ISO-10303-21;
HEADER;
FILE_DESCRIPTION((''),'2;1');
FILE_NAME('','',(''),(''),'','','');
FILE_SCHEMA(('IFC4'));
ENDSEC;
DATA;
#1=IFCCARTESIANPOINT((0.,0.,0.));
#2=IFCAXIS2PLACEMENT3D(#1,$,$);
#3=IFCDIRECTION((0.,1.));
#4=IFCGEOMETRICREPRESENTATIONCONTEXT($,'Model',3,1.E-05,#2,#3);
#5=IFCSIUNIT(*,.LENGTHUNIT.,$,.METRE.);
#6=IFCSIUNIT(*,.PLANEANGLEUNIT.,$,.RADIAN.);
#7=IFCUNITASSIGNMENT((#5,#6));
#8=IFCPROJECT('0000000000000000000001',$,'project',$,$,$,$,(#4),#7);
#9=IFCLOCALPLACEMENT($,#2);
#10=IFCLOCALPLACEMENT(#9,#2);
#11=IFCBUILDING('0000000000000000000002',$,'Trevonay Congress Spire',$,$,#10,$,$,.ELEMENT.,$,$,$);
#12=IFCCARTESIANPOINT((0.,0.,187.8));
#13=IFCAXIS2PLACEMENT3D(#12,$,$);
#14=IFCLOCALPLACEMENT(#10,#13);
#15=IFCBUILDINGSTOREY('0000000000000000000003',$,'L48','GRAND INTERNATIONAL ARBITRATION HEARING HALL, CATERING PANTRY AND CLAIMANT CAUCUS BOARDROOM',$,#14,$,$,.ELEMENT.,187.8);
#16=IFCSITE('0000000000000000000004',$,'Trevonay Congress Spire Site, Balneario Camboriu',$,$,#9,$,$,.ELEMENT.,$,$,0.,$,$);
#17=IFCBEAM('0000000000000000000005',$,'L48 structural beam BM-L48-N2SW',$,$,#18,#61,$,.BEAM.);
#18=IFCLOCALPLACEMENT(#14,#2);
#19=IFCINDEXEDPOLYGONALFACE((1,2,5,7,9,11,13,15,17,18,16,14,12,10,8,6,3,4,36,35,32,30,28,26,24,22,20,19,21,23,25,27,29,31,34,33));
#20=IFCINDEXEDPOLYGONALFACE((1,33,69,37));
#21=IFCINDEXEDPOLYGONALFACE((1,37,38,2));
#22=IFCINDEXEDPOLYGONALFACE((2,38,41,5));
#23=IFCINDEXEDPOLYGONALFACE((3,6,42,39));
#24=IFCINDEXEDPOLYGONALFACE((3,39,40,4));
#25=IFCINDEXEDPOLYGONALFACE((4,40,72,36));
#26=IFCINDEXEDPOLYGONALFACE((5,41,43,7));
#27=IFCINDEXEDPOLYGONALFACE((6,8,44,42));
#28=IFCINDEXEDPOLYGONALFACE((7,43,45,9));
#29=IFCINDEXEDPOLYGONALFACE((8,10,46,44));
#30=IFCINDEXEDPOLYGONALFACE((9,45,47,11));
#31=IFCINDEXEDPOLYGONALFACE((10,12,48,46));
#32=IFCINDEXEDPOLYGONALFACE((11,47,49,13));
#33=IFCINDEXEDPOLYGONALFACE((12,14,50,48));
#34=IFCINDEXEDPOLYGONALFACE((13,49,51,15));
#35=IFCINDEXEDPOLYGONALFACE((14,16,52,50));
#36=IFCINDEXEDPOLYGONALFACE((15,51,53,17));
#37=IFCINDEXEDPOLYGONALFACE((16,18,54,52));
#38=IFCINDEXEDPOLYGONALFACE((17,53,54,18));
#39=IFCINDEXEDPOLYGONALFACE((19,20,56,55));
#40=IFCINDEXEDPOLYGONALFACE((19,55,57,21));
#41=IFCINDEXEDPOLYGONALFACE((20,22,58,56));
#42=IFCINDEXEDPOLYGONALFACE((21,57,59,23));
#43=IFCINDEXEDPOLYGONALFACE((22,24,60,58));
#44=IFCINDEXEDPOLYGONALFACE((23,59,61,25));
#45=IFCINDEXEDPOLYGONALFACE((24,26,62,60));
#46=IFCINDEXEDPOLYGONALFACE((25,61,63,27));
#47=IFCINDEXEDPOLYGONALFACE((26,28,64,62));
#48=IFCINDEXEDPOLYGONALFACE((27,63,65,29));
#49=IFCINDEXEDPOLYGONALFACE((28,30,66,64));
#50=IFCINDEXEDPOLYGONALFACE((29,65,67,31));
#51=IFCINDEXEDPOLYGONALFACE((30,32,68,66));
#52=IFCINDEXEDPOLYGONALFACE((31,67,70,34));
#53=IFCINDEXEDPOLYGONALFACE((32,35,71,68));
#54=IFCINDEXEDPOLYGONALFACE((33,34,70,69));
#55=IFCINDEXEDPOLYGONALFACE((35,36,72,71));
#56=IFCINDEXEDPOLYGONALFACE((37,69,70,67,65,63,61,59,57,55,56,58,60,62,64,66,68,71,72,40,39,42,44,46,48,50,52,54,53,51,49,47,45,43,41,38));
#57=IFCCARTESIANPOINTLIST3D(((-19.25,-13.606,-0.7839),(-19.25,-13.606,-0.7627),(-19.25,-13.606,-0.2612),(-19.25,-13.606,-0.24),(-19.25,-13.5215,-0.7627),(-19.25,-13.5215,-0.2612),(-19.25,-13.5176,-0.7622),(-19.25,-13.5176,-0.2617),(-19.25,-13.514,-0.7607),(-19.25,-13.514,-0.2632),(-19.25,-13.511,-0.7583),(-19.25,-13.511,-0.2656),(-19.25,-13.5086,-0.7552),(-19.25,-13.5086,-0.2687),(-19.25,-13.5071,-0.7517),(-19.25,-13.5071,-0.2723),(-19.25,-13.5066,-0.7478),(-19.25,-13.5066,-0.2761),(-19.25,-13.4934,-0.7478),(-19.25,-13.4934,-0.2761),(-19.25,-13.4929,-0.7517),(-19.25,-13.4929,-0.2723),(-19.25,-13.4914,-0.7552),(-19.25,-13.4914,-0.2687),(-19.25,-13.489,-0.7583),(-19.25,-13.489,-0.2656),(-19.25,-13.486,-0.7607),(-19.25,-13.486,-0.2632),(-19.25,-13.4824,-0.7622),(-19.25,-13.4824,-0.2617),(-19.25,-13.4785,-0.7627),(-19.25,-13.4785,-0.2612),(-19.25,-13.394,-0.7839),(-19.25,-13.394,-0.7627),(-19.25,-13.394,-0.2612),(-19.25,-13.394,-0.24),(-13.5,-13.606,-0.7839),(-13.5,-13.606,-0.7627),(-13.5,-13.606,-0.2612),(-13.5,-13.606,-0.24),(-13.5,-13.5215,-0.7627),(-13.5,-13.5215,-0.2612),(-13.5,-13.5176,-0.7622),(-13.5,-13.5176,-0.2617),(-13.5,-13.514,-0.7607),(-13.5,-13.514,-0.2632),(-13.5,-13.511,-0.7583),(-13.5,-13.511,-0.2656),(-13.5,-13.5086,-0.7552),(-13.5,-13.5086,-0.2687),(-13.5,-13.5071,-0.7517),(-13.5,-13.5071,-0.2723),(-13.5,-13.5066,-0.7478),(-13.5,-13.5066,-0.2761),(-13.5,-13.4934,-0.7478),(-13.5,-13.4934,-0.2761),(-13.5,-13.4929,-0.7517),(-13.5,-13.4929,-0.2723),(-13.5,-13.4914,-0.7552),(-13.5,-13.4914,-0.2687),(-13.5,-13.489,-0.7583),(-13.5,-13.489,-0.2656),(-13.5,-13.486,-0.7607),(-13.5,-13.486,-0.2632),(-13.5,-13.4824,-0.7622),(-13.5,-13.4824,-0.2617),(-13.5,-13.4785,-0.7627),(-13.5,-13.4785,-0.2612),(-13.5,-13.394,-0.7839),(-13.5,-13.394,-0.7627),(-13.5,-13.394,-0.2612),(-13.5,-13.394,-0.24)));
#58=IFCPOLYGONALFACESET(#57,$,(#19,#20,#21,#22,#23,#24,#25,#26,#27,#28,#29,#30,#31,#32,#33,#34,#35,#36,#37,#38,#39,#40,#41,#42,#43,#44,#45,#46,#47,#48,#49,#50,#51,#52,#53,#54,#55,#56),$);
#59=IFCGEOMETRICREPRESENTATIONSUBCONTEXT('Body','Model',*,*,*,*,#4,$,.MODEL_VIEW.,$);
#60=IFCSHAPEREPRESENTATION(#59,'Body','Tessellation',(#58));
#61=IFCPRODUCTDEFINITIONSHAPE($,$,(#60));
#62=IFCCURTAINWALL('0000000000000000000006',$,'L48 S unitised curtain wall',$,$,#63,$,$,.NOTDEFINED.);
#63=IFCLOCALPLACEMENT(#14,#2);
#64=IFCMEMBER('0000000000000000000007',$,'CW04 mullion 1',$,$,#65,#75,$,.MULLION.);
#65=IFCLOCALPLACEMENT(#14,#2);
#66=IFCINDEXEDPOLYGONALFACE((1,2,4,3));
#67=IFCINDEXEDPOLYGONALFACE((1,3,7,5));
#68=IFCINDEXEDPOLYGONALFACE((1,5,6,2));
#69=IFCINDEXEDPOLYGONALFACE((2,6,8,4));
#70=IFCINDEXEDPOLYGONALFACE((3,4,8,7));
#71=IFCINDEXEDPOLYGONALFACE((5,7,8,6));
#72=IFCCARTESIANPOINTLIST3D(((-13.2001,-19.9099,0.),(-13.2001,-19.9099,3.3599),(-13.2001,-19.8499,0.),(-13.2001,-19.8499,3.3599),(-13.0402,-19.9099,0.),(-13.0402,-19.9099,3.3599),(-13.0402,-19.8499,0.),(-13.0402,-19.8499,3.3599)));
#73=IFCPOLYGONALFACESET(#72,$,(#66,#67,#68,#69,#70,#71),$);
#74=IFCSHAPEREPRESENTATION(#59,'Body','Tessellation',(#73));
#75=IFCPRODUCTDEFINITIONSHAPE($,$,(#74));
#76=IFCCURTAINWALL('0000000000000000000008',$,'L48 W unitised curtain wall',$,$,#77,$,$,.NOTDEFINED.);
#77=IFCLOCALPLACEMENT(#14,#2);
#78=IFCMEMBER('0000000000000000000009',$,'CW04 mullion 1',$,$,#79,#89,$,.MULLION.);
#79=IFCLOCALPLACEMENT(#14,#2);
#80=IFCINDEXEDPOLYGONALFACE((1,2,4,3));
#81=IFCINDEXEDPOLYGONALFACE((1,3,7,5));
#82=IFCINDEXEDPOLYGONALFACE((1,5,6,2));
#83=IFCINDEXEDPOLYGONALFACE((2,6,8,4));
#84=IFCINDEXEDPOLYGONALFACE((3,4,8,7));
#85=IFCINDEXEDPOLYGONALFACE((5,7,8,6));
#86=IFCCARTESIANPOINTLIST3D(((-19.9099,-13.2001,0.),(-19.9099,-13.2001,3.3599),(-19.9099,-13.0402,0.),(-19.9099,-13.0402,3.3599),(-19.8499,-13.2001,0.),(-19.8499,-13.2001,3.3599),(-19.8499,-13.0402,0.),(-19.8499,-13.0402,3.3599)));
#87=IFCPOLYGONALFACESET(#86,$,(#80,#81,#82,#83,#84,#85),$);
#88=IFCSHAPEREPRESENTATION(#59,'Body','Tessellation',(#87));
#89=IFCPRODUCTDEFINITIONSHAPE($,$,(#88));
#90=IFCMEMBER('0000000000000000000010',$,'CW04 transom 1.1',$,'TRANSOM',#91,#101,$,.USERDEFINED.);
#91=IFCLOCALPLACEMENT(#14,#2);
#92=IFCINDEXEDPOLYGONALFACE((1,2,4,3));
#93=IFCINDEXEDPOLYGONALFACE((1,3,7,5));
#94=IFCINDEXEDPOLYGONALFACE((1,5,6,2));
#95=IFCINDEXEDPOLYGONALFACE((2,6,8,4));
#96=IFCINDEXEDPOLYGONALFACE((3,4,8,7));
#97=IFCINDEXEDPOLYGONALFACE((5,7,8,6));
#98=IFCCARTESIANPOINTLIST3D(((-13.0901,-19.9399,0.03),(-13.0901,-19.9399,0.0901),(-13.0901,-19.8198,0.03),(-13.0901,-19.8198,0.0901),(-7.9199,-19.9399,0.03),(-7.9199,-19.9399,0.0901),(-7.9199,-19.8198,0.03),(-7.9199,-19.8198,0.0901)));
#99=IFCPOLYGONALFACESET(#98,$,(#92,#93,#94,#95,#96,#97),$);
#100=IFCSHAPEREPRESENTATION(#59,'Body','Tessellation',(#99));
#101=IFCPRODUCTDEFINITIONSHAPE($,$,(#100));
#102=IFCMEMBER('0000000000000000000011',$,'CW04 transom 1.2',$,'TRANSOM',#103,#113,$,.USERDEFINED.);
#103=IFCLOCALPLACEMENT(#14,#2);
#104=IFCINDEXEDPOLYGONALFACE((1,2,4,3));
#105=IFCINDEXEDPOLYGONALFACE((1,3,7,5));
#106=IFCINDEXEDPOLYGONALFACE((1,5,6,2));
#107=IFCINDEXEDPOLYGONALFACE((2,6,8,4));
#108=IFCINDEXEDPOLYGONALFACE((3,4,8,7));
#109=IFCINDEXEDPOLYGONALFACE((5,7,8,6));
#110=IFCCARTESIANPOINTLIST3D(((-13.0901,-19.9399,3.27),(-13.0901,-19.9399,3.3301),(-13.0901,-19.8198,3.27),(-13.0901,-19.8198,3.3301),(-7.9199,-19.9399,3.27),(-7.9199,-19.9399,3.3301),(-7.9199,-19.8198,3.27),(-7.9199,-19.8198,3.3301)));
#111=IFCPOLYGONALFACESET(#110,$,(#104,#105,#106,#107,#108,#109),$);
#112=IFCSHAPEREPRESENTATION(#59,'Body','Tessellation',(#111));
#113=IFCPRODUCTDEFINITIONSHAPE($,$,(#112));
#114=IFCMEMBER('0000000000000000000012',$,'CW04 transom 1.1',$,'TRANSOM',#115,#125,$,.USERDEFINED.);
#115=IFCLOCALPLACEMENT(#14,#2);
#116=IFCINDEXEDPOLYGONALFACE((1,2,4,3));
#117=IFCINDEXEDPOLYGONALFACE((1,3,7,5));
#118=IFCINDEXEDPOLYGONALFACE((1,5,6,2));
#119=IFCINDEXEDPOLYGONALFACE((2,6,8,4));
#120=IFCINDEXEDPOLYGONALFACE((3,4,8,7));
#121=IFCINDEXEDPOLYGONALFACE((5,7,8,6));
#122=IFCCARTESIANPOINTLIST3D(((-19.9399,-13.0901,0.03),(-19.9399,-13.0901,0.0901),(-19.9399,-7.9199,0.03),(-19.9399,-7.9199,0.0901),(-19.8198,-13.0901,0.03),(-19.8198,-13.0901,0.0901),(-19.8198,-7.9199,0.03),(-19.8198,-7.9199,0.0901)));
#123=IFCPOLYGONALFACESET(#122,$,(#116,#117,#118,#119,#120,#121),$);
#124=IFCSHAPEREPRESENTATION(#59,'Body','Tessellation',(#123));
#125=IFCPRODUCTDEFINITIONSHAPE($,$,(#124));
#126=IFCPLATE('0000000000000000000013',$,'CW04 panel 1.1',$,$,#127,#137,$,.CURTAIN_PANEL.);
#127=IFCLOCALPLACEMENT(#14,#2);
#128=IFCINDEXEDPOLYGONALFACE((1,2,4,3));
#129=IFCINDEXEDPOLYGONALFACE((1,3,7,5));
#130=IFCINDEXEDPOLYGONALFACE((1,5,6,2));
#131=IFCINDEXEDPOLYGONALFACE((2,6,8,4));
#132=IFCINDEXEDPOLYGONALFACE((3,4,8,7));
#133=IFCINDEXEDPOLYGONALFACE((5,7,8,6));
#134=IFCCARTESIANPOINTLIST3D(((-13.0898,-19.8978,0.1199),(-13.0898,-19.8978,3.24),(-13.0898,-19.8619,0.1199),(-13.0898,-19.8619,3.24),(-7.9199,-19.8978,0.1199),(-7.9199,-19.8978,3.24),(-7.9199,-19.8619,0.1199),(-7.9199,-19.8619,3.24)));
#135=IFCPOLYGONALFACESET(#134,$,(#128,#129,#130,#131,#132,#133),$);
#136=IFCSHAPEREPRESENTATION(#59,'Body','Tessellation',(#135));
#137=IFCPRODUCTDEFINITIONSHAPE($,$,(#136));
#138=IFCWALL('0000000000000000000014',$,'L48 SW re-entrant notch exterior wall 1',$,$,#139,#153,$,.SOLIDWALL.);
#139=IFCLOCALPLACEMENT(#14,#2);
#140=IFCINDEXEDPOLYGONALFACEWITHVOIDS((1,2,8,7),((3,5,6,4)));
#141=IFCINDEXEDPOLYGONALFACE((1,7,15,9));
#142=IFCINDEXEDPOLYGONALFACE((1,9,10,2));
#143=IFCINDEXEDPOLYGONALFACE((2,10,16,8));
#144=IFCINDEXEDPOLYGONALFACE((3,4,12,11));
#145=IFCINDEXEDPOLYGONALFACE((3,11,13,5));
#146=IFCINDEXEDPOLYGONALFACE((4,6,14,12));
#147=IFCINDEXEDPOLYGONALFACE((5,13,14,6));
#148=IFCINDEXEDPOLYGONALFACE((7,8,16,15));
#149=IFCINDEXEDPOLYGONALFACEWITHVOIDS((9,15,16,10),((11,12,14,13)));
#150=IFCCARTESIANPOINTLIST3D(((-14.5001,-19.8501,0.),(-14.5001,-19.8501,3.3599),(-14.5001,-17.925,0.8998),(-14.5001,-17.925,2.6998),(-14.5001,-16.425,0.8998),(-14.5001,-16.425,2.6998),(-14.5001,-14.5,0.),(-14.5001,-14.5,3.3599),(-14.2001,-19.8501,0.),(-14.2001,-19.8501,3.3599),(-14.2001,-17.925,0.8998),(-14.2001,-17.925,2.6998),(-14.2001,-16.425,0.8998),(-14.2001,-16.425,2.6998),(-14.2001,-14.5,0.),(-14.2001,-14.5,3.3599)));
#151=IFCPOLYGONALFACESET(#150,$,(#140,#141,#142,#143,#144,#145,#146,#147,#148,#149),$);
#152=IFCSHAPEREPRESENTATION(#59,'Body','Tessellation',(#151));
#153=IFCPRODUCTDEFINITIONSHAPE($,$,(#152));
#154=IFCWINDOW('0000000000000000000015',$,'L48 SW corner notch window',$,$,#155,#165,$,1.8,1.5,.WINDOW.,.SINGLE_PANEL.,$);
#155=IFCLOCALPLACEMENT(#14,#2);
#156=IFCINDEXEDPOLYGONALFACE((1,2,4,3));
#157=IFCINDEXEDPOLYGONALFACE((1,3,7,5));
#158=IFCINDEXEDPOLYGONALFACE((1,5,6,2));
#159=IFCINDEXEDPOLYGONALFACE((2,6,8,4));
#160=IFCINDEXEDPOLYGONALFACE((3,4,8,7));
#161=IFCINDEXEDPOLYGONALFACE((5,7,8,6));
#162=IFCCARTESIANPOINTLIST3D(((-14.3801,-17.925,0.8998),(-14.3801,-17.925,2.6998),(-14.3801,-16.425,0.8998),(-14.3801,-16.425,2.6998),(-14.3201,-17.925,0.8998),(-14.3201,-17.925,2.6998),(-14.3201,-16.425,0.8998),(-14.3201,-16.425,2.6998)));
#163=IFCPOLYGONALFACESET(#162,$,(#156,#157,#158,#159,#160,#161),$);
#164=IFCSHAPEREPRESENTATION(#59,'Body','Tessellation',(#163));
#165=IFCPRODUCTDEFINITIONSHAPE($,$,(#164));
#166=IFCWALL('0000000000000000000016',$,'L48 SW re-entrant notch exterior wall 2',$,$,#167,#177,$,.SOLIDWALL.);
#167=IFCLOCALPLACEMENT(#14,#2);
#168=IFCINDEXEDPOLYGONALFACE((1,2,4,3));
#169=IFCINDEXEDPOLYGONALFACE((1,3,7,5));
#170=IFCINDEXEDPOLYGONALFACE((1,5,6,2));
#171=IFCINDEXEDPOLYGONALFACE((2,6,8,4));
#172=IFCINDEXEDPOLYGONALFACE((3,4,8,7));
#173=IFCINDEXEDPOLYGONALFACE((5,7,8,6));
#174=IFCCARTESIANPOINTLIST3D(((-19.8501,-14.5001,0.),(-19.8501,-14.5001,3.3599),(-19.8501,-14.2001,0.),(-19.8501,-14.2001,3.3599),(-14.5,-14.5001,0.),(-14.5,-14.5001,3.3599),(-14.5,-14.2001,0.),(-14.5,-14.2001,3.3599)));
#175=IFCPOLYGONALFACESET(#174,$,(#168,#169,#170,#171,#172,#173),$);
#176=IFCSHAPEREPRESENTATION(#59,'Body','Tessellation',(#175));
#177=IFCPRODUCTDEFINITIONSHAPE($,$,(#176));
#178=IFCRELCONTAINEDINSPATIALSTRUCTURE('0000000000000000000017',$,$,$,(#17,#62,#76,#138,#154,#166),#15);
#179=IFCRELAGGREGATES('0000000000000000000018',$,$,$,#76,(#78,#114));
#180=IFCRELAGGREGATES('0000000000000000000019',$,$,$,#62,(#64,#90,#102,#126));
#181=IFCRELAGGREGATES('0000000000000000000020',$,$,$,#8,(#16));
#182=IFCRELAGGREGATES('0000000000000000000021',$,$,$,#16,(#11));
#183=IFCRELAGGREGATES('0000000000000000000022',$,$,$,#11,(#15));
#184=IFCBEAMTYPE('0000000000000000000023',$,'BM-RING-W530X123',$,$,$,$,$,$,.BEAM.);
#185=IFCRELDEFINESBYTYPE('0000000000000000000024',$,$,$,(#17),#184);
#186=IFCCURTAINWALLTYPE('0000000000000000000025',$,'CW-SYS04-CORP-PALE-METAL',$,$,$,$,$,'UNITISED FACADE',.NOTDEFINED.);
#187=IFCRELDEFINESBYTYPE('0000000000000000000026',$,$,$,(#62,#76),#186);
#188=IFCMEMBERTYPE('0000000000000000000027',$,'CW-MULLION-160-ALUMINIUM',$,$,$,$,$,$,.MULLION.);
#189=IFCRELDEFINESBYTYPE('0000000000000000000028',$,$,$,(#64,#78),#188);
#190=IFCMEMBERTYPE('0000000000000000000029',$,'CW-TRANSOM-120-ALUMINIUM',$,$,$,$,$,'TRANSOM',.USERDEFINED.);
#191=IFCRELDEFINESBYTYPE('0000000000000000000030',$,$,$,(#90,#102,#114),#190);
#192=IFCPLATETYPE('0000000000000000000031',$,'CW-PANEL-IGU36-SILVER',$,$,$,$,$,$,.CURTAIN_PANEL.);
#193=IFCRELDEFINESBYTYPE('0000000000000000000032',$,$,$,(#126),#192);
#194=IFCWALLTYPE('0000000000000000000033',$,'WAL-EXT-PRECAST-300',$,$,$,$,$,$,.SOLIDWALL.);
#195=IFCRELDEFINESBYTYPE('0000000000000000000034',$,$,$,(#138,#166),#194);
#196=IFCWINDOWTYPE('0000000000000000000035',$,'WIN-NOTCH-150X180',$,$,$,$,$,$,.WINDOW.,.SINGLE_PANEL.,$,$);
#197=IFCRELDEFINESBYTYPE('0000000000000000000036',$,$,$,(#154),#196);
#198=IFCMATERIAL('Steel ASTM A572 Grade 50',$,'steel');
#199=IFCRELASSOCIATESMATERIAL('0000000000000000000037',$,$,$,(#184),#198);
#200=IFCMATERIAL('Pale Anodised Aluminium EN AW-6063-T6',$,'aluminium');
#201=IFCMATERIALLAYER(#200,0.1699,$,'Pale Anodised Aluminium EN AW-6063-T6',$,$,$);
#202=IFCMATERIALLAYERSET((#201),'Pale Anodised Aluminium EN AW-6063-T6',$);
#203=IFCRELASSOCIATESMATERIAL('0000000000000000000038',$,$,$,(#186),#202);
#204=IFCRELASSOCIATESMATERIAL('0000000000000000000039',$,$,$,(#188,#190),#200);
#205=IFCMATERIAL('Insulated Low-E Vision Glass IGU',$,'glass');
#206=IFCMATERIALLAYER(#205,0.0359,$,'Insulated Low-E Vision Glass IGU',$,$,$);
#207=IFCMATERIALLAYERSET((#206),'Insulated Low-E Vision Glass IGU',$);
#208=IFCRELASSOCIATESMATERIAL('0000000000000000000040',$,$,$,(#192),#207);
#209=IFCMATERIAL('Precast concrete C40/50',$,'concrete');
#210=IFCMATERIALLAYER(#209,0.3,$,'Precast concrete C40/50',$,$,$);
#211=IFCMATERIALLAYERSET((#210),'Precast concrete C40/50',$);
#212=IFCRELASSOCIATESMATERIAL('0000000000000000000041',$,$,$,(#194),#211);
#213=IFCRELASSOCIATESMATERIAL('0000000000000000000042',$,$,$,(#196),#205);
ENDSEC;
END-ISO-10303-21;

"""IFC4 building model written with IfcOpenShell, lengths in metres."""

from ifc_helpers import new_model, si_unit, direction, frame, frame_2d, origin, origin_2d, place, context, subcontext, project, spatial, rectangle, i_section, extrude, material, layer, layer_set, material_profile, profile_set, type_object, element, fill, aggregate, save


model = new_model("IFC4")

# Units and contexts
model_context = context("Model", 3, precision=1e-05, world=origin(), true_north=direction((0.0, 1.0)))
body_context = subcontext(model_context, "Body", "Model", "MODEL_VIEW")
ifc_project = project(units=[si_unit("LENGTHUNIT", "METRE"), si_unit("PLANEANGLEUNIT", "RADIAN")], contexts=[model_context])

# Site, building, storey
site_placement = place(None, origin())
site = spatial("IfcSite", under=ifc_project, at=site_placement, Name="Trevonay Congress Spire Site, Balneario Camboriu", CompositionType="ELEMENT", RefElevation=0.0)
building_placement = place(site_placement, origin())
building = spatial("IfcBuilding", under=site, at=building_placement, Name="Trevonay Congress Spire", CompositionType="ELEMENT")
storey_placement = place(building_placement, frame((0.0, 0.0, 187.8)))
storey = spatial("IfcBuildingStorey", under=building, at=storey_placement, Name="L48", Description="GRAND INTERNATIONAL ARBITRATION HEARING HALL, CATERING PANTRY AND CLAIMANT CAUCUS BOARDROOM", CompositionType="ELEMENT", Elevation=187.8)

# Shared definitions
ifc_material_1 = material(Name="Steel ASTM A572 Grade 50", Category="steel")

# Beam
ifc_material_profile_1 = material_profile(ifc_material_1, i_section(OverallWidth=0.2119, OverallDepth=0.5439, WebThickness=0.0132, FlangeThickness=0.0212, FilletRadius=0.0149, at=origin_2d()), Name="W530x123")
ifc_profile_set_1 = profile_set([ifc_material_profile_1], Name="Steel ASTM A572 Grade 50")
beam_type = type_object("IfcBeamType", Name="BM-RING-W530X123", PredefinedType="BEAM", material=ifc_profile_set_1)
for number, where, z_axis, x_axis, name in (
    (1, (-19.25, -13.5, -0.512), (1.0, 0.0, 0.0), (0.0, 1.0, 0.0), "L48 structural beam BM-L48-N2SW"),
):
    element("IfcBeam", number, at=place(storey_placement, frame(where, z_axis=z_axis, x_axis=x_axis)), inside=storey, type_object=beam_type, Name=name, PredefinedType="BEAM", context=body_context, shape_type="SweptSolid", body=[
        extrude(i_section(OverallWidth=0.2119, OverallDepth=0.5439, WebThickness=0.0132, FlangeThickness=0.0212, FilletRadius=0.0149, at=origin_2d()), origin(), (0.0, 0.0, 1.0), 5.75),
    ])

# Curtain walls, members
ifc_material_2 = material(Name="Pale Anodised Aluminium EN AW-6063-T6", Category="aluminium")
ifc_layer_1 = layer(ifc_material_2, 0.1699, Name="Pale Anodised Aluminium EN AW-6063-T6")
ifc_layer_set_1 = layer_set([ifc_layer_1], Name="Pale Anodised Aluminium EN AW-6063-T6")
curtain_wall_type = type_object("IfcCurtainWallType", Name="CW-SYS04-CORP-PALE-METAL", ElementType="UNITISED FACADE", PredefinedType="NOTDEFINED", material=ifc_layer_set_1)
curtain_wall_1_placement = place(storey_placement, origin())
curtain_wall_1 = element("IfcCurtainWall", 2, at=curtain_wall_1_placement, inside=storey, type_object=curtain_wall_type, Name="L48 S unitised curtain wall", PredefinedType="NOTDEFINED")
ifc_material_profile_2 = material_profile(ifc_material_2, rectangle(XDim=0.0601, YDim=0.1599, at=origin_2d()), Name="CW-MULLION-160-ALUMINIUM")
ifc_profile_set_2 = profile_set([ifc_material_profile_2], Name="Pale Anodised Aluminium EN AW-6063-T6")
member_type_1 = type_object("IfcMemberType", Name="CW-MULLION-160-ALUMINIUM", PredefinedType="MULLION", material=ifc_profile_set_2)
member_1_placement = place(storey_placement, frame((-13.1201, -19.8799, 0.0), z_axis=(0.0, 0.0, 1.0), x_axis=(0.0, 1.0, 0.0)))
member_1 = element("IfcMember", 3, at=member_1_placement, type_object=member_type_1, Name="CW04 mullion 1", PredefinedType="MULLION", context=body_context, shape_type="SweptSolid", body=[
    extrude(rectangle(XDim=0.0601, YDim=0.1599, at=origin_2d()), origin(), (0.0, 0.0, 1.0), 3.3599),
])
curtain_wall_2_placement = place(storey_placement, origin())
curtain_wall_2 = element("IfcCurtainWall", 4, at=curtain_wall_2_placement, inside=storey, type_object=curtain_wall_type, Name="L48 W unitised curtain wall", PredefinedType="NOTDEFINED")
member_2_placement = place(storey_placement, frame((-19.8799, -13.1201, 0.0), z_axis=(0.0, 0.0, 1.0), x_axis=(-1.0, 0.0, 0.0)))
member_2 = element("IfcMember", 5, at=member_2_placement, type_object=member_type_1, Name="CW04 mullion 1", PredefinedType="MULLION", context=body_context, shape_type="SweptSolid", body=[
    extrude(rectangle(XDim=0.0601, YDim=0.1599, at=origin_2d()), origin(), (0.0, 0.0, 1.0), 3.3599),
])

# Members
ifc_material_profile_3 = material_profile(ifc_material_2, rectangle(XDim=0.1201, YDim=0.0601, at=origin_2d()), Name="CW-TRANSOM-120-ALUMINIUM")
ifc_profile_set_3 = profile_set([ifc_material_profile_3], Name="Pale Anodised Aluminium EN AW-6063-T6")
member_type_2 = type_object("IfcMemberType", Name="CW-TRANSOM-120-ALUMINIUM", ElementType="TRANSOM", PredefinedType="USERDEFINED", material=ifc_profile_set_3)
member_3_placement = place(storey_placement, frame((-13.0901, -19.8799, 0.0601), z_axis=(1.0, 0.0, 0.0), x_axis=(0.0, 1.0, 0.0)))
member_3 = element("IfcMember", 6, at=member_3_placement, type_object=member_type_2, Name="CW04 transom 1.1", ObjectType="TRANSOM", PredefinedType="USERDEFINED", context=body_context, shape_type="SweptSolid", body=[
    extrude(rectangle(XDim=0.1201, YDim=0.0601, at=origin_2d()), origin(), (0.0, 0.0, 1.0), 5.1702),
])
member_4_placement = place(storey_placement, frame((-13.0901, -19.8799, 3.3), z_axis=(1.0, 0.0, 0.0), x_axis=(0.0, 1.0, 0.0)))
member_4 = element("IfcMember", 7, at=member_4_placement, type_object=member_type_2, Name="CW04 transom 1.2", ObjectType="TRANSOM", PredefinedType="USERDEFINED", context=body_context, shape_type="SweptSolid", body=[
    extrude(rectangle(XDim=0.1201, YDim=0.0601, at=origin_2d()), origin(), (0.0, 0.0, 1.0), 5.1702),
])
member_5_placement = place(storey_placement, frame((-19.8799, -13.0901, 0.0601), z_axis=(0.0, 1.0, 0.0), x_axis=(-1.0, 0.0, 0.0)))
member_5 = element("IfcMember", 8, at=member_5_placement, type_object=member_type_2, Name="CW04 transom 1.1", ObjectType="TRANSOM", PredefinedType="USERDEFINED", context=body_context, shape_type="SweptSolid", body=[
    extrude(rectangle(XDim=0.1201, YDim=0.0601, at=origin_2d()), origin(), (0.0, 0.0, 1.0), 5.1702),
])
aggregate(curtain_wall_2, [member_2, member_5])

# Plate
ifc_material_3 = material(Name="Insulated Low-E Vision Glass IGU", Category="glass")
ifc_layer_2 = layer(ifc_material_3, 0.0359, Name="Insulated Low-E Vision Glass IGU")
ifc_layer_set_2 = layer_set([ifc_layer_2], Name="Insulated Low-E Vision Glass IGU")
plate_type = type_object("IfcPlateType", Name="CW-PANEL-IGU36-SILVER", PredefinedType="CURTAIN_PANEL", material=ifc_layer_set_2)
plate_placement = place(storey_placement, frame((-10.5049, -19.8799, 0.1199), z_axis=(0.0, 0.0, 1.0), x_axis=(1.0, 0.0, 0.0)))
plate = element("IfcPlate", 9, at=plate_placement, type_object=plate_type, Name="CW04 panel 1.1", PredefinedType="CURTAIN_PANEL", context=body_context, shape_type="SweptSolid", body=[
    extrude(rectangle(XDim=5.1699, YDim=0.0359, at=origin_2d()), origin(), (0.0, 0.0, 1.0), 3.1201),
])
aggregate(curtain_wall_1, [member_1, member_3, member_4, plate])

# Wall, opening, window
ifc_material_4 = material(Name="Precast concrete C40/50", Category="concrete")
ifc_layer_3 = layer(ifc_material_4, 0.3, Name="Precast concrete C40/50")
ifc_layer_set_3 = layer_set([ifc_layer_3], Name="Precast concrete C40/50")
wall_type_1 = type_object("IfcWallType", Name="WAL-EXT-PRECAST-300", PredefinedType="SOLIDWALL", material=ifc_layer_set_3)
wall_1_placement = place(storey_placement, frame((-14.3501, -19.8501, 0.0), z_axis=(0.0, 0.0, 1.0), x_axis=(0.0, 1.0, 0.0)))
wall_1 = element("IfcWall", 10, at=wall_1_placement, inside=storey, type_object=wall_type_1, Name="L48 SW re-entrant notch exterior wall 1", PredefinedType="SOLIDWALL", context=body_context, shape_type="SweptSolid", body=[
    extrude(rectangle(XDim=5.3501, YDim=0.3, at=frame_2d((2.675, 0.0))), origin(), (0.0, 0.0, 1.0), 3.3599),
])
opening_placement = place(wall_1_placement, frame((1.925, 0.0, 0.8999)))
opening = element("IfcOpeningElement", 11, at=opening_placement, cuts=wall_1, PredefinedType="OPENING", context=body_context, shape_type="SweptSolid", body=[
    extrude(rectangle(XDim=1.5, YDim=1.8, at=frame_2d((0.75, 0.8999))), frame((0.0, 0.1602, 0.0), z_axis=(0.0, -1.0, 0.0), x_axis=(1.0, 0.0, 0.0)), (0.0, 0.0, 1.0), 0.3201),
])
window_type = type_object("IfcWindowType", Name="WIN-NOTCH-150X180", PartitioningType="SINGLE_PANEL", PredefinedType="WINDOW", material=ifc_material_3)
window_placement = place(opening_placement, origin())
window = element("IfcWindow", 12, at=window_placement, inside=storey, type_object=window_type, Name="L48 SW corner notch window", OverallHeight=1.8, OverallWidth=1.5, PartitioningType="SINGLE_PANEL", PredefinedType="WINDOW", context=body_context, shape_type="SweptSolid", body=[
    extrude(rectangle(XDim=1.5, YDim=1.8, at=frame_2d((0.75, 0.8999))), frame((0.0, 0.03, 0.0), z_axis=(0.0, -1.0, 0.0), x_axis=(1.0, 0.0, 0.0)), (0.0, 0.0, 1.0), 0.0601),
])
fill(opening, window)

# Wall
wall_2_placement = place(storey_placement, frame((-19.8501, -14.3501, 0.0), z_axis=(0.0, 0.0, 1.0), x_axis=(1.0, 0.0, 0.0)))
element("IfcWall", 13, at=wall_2_placement, inside=storey, type_object=wall_type_1, Name="L48 SW re-entrant notch exterior wall 2", PredefinedType="SOLIDWALL", context=body_context, shape_type="SweptSolid", body=[
    extrude(rectangle(XDim=5.3501, YDim=0.3, at=frame_2d((2.675, 0.0))), origin(), (0.0, 0.0, 1.0), 3.3599),
])

save(model, "model.ifc")
